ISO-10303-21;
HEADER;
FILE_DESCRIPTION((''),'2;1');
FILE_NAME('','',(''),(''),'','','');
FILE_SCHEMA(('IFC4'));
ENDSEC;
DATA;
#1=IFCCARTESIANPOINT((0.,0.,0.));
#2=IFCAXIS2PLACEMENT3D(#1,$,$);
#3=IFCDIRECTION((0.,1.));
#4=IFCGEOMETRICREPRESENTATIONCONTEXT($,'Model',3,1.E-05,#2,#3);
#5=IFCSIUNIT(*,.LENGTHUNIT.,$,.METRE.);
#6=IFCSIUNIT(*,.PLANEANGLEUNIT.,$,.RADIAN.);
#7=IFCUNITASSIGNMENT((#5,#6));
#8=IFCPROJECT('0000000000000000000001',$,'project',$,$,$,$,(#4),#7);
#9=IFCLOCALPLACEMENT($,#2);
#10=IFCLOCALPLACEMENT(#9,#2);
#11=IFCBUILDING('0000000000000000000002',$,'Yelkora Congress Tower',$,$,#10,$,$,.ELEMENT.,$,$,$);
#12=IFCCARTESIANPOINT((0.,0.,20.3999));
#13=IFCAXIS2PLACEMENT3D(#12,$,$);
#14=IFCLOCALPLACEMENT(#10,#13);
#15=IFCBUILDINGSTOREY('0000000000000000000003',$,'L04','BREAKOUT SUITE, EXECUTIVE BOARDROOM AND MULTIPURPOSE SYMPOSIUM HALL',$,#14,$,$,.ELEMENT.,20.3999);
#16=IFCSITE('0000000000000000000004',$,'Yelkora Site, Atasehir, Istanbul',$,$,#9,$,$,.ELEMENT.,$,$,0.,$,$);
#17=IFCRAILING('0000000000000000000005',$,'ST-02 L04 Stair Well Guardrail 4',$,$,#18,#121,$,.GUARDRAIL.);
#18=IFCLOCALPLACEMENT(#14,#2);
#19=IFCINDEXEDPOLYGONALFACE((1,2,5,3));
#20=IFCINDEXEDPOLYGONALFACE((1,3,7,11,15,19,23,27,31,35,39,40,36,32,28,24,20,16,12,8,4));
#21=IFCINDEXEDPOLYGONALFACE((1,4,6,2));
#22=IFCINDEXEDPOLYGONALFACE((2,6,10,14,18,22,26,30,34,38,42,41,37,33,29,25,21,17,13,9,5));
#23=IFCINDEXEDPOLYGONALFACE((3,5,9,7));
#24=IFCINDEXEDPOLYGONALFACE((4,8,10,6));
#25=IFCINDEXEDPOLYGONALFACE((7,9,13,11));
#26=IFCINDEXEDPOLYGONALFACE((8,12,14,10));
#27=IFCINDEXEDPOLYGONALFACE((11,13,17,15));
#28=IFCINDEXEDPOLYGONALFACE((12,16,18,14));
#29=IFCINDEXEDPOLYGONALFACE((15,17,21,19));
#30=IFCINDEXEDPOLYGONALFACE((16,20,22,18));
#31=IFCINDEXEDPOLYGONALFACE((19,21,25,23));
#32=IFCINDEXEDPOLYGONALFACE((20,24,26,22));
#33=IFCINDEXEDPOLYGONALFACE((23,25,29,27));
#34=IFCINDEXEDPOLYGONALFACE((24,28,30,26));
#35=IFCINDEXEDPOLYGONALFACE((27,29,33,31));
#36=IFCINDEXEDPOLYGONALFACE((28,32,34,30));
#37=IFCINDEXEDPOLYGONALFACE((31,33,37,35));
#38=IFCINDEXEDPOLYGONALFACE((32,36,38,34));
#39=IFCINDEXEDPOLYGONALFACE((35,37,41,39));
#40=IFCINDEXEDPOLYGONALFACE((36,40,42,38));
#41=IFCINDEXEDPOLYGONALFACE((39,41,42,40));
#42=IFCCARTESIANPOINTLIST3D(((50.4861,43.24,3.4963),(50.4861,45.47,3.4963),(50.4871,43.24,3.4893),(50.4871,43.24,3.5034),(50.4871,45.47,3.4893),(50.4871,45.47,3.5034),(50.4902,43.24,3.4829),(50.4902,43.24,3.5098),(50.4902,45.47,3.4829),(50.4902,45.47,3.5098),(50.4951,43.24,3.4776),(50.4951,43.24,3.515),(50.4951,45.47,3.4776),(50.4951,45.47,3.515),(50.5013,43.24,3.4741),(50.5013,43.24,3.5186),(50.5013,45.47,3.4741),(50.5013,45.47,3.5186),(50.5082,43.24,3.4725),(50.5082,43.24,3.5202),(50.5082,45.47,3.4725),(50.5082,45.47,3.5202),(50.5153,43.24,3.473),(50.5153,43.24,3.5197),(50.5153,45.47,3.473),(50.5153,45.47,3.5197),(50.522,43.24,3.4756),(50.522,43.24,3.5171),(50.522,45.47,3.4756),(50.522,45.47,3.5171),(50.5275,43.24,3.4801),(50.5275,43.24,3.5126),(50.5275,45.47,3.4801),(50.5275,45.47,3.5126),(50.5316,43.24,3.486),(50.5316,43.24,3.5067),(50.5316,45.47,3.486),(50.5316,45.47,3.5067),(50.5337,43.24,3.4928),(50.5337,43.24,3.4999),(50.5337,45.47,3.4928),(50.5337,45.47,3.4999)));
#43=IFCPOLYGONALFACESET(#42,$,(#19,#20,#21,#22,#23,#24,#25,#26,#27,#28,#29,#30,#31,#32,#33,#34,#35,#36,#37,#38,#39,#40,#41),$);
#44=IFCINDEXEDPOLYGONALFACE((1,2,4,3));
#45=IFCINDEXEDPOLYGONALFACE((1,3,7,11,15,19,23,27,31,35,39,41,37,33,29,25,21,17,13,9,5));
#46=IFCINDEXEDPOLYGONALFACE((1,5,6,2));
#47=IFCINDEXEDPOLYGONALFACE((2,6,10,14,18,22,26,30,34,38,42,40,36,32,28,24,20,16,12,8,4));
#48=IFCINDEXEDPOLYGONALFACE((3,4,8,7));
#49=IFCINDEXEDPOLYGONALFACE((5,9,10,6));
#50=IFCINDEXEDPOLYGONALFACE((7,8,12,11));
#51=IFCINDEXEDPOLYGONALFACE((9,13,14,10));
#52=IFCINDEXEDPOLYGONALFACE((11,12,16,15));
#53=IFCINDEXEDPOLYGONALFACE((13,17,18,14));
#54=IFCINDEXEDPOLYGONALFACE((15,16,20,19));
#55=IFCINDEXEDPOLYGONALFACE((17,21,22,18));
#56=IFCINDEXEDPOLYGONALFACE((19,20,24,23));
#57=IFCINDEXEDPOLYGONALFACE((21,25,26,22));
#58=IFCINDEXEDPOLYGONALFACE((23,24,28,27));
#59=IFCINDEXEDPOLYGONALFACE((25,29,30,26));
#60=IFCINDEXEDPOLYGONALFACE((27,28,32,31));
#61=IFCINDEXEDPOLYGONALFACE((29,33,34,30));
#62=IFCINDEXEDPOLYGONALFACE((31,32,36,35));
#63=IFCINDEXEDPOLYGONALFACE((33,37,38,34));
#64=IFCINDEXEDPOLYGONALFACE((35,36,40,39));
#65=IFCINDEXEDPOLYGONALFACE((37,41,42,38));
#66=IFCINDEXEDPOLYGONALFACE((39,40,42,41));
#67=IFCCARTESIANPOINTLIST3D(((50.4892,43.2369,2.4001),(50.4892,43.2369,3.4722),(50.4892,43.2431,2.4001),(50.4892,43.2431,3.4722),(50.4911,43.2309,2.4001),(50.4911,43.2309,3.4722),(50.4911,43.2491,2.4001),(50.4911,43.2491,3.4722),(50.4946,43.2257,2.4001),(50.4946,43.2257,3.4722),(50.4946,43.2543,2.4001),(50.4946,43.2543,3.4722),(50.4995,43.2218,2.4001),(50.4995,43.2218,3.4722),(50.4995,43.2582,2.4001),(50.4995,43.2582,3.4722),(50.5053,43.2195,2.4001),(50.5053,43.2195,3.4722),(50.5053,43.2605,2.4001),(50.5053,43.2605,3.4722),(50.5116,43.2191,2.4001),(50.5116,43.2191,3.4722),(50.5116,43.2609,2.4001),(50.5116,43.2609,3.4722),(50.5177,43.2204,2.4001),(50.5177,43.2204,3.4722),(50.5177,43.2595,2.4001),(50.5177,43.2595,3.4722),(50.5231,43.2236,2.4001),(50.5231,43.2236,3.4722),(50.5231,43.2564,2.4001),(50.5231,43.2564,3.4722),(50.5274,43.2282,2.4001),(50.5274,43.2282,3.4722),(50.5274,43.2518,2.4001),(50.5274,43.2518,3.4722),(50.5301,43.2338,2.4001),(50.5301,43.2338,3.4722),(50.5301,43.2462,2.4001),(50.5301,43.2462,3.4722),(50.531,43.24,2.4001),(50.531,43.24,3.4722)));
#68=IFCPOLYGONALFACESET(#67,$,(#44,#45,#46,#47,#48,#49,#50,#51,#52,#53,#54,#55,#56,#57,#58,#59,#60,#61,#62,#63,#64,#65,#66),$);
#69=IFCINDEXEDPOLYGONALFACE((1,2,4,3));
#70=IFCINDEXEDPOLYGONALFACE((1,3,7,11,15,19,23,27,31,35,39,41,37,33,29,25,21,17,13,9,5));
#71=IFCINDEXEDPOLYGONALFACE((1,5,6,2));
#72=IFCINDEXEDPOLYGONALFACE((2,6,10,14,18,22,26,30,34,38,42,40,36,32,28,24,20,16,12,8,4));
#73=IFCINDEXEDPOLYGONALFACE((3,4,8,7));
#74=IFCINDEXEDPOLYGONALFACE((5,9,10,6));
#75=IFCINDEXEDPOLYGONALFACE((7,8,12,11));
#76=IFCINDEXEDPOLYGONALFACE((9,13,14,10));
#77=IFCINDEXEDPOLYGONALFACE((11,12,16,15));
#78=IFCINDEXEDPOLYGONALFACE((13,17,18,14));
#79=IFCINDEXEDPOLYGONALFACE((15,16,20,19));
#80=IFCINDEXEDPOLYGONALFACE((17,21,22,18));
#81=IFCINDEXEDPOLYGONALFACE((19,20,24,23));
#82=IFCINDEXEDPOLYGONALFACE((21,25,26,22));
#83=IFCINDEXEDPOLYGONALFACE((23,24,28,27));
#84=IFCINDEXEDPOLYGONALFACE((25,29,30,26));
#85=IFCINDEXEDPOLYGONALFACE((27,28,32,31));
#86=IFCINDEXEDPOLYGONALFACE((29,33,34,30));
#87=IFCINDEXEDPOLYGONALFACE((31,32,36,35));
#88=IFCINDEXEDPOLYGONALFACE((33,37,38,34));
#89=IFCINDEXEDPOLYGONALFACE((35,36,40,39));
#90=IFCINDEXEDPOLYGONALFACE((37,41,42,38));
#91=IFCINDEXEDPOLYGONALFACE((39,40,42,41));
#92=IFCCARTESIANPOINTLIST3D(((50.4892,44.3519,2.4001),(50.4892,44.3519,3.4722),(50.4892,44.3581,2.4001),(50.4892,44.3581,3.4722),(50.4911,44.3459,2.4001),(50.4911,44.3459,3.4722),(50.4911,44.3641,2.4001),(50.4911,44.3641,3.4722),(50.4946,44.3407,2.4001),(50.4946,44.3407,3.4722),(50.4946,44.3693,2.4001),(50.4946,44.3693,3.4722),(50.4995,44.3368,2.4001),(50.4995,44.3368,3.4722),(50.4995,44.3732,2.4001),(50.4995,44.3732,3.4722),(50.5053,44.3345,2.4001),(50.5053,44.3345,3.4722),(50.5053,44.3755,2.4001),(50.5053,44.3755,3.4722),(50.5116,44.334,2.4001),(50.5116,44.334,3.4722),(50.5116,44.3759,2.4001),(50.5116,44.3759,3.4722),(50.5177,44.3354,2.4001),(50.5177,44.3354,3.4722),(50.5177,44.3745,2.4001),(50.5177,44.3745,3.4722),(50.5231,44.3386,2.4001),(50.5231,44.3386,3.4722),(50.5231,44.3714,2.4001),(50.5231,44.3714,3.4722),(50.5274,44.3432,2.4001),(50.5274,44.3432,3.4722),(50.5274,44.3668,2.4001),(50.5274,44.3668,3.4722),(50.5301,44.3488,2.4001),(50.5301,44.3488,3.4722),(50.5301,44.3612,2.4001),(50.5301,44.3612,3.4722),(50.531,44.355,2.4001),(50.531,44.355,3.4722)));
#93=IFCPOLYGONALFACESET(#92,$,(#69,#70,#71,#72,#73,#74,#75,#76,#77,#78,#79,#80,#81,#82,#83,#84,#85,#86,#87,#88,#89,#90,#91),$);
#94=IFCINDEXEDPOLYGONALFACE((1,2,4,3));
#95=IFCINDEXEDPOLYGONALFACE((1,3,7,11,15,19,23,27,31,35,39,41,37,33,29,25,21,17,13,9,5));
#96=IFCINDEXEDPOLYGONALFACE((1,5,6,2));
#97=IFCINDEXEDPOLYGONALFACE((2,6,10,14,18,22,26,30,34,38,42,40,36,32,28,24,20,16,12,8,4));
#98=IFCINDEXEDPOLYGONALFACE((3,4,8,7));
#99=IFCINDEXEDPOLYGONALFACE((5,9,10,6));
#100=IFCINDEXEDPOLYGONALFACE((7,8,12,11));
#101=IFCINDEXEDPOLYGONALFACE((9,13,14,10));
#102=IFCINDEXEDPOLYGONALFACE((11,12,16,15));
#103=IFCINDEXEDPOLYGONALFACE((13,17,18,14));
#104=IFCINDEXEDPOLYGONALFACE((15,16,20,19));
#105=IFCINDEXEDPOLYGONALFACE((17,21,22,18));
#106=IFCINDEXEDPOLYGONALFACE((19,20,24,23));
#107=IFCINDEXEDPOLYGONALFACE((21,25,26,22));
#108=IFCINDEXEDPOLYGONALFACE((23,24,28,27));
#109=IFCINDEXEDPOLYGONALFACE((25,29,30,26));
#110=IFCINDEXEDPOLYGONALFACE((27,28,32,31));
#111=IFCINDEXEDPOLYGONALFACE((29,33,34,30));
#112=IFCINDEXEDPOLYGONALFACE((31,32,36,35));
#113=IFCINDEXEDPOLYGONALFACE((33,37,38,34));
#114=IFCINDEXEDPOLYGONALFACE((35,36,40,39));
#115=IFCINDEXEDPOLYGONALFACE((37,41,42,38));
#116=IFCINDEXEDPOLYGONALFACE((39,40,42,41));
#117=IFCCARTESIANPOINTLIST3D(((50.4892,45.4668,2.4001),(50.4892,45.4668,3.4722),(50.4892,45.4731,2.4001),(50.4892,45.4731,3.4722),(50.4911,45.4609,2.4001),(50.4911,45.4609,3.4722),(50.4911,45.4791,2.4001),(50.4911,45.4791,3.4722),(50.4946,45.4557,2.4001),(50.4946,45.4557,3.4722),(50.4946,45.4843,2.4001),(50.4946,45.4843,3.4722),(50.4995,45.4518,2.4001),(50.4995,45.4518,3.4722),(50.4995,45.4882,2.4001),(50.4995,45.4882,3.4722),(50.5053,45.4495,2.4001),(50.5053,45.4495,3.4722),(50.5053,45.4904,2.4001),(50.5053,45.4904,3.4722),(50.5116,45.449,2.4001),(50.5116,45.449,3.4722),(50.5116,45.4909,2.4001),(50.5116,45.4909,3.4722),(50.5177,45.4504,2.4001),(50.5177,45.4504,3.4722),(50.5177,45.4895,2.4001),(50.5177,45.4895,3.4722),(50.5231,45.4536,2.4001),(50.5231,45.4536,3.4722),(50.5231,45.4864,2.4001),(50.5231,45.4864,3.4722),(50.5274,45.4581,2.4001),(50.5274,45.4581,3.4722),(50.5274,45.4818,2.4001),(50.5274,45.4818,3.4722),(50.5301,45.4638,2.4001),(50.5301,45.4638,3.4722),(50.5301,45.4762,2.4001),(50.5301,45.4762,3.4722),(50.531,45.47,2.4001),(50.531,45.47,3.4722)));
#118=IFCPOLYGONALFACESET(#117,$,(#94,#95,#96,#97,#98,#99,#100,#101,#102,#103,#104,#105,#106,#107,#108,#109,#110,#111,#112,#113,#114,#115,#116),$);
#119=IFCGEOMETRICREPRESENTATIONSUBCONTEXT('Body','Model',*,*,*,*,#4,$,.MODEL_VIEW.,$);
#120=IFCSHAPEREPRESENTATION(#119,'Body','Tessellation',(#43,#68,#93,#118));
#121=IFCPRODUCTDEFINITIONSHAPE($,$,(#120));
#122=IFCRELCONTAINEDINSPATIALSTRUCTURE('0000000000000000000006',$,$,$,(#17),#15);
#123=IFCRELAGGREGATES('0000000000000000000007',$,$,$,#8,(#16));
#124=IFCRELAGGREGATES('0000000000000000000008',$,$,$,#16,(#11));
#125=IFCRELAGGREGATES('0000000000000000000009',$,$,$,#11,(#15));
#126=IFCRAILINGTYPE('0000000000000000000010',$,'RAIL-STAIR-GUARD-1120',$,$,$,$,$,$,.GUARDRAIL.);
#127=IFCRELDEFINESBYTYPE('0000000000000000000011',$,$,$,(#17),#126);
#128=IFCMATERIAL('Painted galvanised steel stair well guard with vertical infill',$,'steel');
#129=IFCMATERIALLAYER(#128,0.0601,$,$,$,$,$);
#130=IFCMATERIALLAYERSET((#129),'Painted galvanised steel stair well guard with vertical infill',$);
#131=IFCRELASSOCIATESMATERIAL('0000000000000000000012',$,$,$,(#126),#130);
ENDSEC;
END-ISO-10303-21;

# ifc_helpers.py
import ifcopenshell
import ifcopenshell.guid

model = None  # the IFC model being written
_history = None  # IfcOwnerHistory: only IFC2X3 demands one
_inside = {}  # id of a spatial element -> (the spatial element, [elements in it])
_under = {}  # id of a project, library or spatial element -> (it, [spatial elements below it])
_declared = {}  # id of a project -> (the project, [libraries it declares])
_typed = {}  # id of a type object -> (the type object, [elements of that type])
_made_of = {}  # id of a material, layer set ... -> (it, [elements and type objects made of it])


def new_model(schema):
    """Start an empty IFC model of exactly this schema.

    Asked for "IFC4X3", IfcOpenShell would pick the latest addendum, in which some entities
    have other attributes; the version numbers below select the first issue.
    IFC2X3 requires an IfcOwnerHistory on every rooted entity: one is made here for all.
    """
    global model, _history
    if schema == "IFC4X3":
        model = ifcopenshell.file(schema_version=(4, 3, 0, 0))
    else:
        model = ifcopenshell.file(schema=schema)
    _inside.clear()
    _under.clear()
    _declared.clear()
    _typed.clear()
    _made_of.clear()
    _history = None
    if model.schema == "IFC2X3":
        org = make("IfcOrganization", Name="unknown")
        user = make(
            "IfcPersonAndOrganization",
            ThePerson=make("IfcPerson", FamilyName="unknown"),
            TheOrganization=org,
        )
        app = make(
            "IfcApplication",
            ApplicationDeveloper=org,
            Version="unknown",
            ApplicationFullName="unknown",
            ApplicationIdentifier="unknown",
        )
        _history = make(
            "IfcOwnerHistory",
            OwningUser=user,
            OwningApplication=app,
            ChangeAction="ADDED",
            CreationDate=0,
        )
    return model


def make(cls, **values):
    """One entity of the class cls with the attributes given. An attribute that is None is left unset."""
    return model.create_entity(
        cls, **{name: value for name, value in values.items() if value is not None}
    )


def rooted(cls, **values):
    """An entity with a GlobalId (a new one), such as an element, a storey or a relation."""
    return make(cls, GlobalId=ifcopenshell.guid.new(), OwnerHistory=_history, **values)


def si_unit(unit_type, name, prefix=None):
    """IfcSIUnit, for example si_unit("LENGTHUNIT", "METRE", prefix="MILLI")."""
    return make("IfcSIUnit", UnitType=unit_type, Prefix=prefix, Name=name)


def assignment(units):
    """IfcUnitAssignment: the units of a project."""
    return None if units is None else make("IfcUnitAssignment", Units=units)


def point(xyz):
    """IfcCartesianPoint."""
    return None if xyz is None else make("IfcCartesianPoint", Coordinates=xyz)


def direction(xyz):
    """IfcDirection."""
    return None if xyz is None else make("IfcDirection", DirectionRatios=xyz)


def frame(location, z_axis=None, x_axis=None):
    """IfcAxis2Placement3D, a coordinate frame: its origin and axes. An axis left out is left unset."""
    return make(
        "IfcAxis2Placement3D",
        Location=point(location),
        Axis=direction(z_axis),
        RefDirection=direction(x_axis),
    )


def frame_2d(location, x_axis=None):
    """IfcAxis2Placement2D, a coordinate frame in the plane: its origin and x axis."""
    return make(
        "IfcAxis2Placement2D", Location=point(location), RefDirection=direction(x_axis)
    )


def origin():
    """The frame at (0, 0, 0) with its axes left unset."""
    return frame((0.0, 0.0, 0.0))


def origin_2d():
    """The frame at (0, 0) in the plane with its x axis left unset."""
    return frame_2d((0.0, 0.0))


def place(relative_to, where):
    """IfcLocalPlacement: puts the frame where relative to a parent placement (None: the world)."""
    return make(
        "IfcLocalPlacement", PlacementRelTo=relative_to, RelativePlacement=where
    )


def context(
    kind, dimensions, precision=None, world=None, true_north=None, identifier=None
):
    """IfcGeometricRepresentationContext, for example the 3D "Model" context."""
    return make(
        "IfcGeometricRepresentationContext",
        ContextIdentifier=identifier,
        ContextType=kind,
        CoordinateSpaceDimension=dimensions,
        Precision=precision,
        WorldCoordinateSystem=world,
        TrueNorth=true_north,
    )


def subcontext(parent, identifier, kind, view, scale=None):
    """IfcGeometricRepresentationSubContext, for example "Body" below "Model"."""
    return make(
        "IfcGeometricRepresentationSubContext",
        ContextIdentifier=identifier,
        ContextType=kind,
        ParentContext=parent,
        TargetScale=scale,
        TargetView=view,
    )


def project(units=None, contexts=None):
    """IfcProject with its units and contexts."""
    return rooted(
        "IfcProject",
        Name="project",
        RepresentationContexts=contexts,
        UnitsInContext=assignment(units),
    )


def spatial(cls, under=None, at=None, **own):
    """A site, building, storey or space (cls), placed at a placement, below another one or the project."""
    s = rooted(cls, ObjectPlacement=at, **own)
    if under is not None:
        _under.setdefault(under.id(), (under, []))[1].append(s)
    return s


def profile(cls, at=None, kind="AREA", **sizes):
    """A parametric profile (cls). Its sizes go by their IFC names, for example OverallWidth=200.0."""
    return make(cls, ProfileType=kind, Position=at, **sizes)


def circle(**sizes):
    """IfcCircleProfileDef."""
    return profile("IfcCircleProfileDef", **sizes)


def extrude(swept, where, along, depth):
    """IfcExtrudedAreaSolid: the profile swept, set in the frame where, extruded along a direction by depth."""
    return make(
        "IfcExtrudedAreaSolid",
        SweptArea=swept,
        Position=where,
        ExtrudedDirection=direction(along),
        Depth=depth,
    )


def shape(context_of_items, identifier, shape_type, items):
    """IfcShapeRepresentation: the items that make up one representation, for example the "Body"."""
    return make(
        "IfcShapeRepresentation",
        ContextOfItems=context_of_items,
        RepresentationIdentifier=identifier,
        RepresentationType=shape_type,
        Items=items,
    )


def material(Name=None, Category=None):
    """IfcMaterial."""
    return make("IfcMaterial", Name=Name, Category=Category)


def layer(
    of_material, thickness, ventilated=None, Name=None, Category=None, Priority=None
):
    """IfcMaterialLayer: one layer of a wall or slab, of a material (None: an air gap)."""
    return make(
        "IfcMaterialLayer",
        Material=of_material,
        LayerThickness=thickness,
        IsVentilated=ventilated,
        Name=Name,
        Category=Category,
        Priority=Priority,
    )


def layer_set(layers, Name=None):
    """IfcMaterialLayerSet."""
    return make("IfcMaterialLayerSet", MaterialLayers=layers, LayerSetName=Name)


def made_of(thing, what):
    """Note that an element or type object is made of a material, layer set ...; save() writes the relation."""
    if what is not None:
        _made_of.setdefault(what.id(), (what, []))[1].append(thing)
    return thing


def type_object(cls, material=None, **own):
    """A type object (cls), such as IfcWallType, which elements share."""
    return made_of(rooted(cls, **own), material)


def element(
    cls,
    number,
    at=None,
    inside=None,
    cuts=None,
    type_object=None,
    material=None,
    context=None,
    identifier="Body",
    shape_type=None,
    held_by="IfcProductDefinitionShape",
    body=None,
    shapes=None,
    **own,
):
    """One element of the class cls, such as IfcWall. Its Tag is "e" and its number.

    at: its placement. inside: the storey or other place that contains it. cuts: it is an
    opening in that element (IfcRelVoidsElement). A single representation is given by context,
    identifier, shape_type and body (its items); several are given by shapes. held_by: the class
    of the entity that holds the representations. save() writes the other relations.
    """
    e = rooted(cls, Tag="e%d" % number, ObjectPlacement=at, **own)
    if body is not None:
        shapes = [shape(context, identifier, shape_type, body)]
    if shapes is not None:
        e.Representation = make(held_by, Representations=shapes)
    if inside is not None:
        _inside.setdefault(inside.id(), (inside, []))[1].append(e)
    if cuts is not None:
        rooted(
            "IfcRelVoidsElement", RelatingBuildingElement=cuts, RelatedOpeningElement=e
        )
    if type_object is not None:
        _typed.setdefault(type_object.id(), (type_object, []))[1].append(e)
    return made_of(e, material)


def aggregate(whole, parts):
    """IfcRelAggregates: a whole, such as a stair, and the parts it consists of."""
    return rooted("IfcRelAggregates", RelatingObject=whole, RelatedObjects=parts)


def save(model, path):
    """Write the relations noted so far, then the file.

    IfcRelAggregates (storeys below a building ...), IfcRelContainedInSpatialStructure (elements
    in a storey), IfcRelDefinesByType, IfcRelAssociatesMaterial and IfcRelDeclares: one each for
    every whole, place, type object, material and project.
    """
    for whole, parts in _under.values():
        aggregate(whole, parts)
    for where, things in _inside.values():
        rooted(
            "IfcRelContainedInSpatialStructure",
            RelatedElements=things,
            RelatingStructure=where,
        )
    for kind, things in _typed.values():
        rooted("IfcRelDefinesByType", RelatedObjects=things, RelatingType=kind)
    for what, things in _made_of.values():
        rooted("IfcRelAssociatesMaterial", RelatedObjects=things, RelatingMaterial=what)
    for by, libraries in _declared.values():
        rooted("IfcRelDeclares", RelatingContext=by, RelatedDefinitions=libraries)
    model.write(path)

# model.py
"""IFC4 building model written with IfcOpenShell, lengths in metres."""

from ifc_helpers import new_model, si_unit, direction, frame, origin, origin_2d, place, context, subcontext, project, spatial, circle, extrude, material, layer, layer_set, type_object, element, save


model = new_model("IFC4")

# Units and contexts
model_context = context("Model", 3, precision=1e-05, world=origin(), true_north=direction((0.0, 1.0)))
body_context = subcontext(model_context, "Body", "Model", "MODEL_VIEW")
ifc_project = project(units=[si_unit("LENGTHUNIT", "METRE"), si_unit("PLANEANGLEUNIT", "RADIAN")], contexts=[model_context])

# Site, building, storey
site_placement = place(None, origin())
site = spatial("IfcSite", under=ifc_project, at=site_placement, Name="Yelkora Site, Atasehir, Istanbul", CompositionType="ELEMENT", RefElevation=0.0)
building_placement = place(site_placement, origin())
building = spatial("IfcBuilding", under=site, at=building_placement, Name="Yelkora Congress Tower", CompositionType="ELEMENT")
storey_placement = place(building_placement, frame((0.0, 0.0, 20.3999)))
storey = spatial("IfcBuildingStorey", under=building, at=storey_placement, Name="L04", Description="BREAKOUT SUITE, EXECUTIVE BOARDROOM AND MULTIPURPOSE SYMPOSIUM HALL", CompositionType="ELEMENT", Elevation=20.3999)

# Railing
ifc_material_1 = material(Name="Painted galvanised steel stair well guard with vertical infill", Category="steel")
ifc_layer_1 = layer(ifc_material_1, 0.0601)
ifc_layer_set_1 = layer_set([ifc_layer_1], Name="Painted galvanised steel stair well guard with vertical infill")
railing_type_1 = type_object("IfcRailingType", Name="RAIL-STAIR-GUARD-1120", PredefinedType="GUARDRAIL", material=ifc_layer_set_1)
for number, where, name in (
    (1, (50.51, 43.24, 2.4001), "ST-02 L04 Stair Well Guardrail 4"),
):
    element("IfcRailing", number, at=place(storey_placement, frame(where)), inside=storey, type_object=railing_type_1, Name=name, PredefinedType="GUARDRAIL", context=body_context, shape_type="SweptSolid", body=[
        extrude(circle(Radius=0.0239, at=origin_2d()), frame((0.0, 0.0, 1.0962), z_axis=(0.0, 1.0, 0.0), x_axis=(-1.0, 0.0, 0.0)), (0.0, 0.0, 1.0), 2.23),
        extrude(circle(Radius=0.021, at=origin_2d()), origin(), (0.0, 0.0, 1.0), 1.072),
        extrude(circle(Radius=0.021, at=origin_2d()), frame((0.0, 1.115, 0.0)), (0.0, 0.0, 1.0), 1.072),
        extrude(circle(Radius=0.021, at=origin_2d()), frame((0.0, 2.23, 0.0)), (0.0, 0.0, 1.0), 1.072),
    ])

save(model, "model.ifc")
